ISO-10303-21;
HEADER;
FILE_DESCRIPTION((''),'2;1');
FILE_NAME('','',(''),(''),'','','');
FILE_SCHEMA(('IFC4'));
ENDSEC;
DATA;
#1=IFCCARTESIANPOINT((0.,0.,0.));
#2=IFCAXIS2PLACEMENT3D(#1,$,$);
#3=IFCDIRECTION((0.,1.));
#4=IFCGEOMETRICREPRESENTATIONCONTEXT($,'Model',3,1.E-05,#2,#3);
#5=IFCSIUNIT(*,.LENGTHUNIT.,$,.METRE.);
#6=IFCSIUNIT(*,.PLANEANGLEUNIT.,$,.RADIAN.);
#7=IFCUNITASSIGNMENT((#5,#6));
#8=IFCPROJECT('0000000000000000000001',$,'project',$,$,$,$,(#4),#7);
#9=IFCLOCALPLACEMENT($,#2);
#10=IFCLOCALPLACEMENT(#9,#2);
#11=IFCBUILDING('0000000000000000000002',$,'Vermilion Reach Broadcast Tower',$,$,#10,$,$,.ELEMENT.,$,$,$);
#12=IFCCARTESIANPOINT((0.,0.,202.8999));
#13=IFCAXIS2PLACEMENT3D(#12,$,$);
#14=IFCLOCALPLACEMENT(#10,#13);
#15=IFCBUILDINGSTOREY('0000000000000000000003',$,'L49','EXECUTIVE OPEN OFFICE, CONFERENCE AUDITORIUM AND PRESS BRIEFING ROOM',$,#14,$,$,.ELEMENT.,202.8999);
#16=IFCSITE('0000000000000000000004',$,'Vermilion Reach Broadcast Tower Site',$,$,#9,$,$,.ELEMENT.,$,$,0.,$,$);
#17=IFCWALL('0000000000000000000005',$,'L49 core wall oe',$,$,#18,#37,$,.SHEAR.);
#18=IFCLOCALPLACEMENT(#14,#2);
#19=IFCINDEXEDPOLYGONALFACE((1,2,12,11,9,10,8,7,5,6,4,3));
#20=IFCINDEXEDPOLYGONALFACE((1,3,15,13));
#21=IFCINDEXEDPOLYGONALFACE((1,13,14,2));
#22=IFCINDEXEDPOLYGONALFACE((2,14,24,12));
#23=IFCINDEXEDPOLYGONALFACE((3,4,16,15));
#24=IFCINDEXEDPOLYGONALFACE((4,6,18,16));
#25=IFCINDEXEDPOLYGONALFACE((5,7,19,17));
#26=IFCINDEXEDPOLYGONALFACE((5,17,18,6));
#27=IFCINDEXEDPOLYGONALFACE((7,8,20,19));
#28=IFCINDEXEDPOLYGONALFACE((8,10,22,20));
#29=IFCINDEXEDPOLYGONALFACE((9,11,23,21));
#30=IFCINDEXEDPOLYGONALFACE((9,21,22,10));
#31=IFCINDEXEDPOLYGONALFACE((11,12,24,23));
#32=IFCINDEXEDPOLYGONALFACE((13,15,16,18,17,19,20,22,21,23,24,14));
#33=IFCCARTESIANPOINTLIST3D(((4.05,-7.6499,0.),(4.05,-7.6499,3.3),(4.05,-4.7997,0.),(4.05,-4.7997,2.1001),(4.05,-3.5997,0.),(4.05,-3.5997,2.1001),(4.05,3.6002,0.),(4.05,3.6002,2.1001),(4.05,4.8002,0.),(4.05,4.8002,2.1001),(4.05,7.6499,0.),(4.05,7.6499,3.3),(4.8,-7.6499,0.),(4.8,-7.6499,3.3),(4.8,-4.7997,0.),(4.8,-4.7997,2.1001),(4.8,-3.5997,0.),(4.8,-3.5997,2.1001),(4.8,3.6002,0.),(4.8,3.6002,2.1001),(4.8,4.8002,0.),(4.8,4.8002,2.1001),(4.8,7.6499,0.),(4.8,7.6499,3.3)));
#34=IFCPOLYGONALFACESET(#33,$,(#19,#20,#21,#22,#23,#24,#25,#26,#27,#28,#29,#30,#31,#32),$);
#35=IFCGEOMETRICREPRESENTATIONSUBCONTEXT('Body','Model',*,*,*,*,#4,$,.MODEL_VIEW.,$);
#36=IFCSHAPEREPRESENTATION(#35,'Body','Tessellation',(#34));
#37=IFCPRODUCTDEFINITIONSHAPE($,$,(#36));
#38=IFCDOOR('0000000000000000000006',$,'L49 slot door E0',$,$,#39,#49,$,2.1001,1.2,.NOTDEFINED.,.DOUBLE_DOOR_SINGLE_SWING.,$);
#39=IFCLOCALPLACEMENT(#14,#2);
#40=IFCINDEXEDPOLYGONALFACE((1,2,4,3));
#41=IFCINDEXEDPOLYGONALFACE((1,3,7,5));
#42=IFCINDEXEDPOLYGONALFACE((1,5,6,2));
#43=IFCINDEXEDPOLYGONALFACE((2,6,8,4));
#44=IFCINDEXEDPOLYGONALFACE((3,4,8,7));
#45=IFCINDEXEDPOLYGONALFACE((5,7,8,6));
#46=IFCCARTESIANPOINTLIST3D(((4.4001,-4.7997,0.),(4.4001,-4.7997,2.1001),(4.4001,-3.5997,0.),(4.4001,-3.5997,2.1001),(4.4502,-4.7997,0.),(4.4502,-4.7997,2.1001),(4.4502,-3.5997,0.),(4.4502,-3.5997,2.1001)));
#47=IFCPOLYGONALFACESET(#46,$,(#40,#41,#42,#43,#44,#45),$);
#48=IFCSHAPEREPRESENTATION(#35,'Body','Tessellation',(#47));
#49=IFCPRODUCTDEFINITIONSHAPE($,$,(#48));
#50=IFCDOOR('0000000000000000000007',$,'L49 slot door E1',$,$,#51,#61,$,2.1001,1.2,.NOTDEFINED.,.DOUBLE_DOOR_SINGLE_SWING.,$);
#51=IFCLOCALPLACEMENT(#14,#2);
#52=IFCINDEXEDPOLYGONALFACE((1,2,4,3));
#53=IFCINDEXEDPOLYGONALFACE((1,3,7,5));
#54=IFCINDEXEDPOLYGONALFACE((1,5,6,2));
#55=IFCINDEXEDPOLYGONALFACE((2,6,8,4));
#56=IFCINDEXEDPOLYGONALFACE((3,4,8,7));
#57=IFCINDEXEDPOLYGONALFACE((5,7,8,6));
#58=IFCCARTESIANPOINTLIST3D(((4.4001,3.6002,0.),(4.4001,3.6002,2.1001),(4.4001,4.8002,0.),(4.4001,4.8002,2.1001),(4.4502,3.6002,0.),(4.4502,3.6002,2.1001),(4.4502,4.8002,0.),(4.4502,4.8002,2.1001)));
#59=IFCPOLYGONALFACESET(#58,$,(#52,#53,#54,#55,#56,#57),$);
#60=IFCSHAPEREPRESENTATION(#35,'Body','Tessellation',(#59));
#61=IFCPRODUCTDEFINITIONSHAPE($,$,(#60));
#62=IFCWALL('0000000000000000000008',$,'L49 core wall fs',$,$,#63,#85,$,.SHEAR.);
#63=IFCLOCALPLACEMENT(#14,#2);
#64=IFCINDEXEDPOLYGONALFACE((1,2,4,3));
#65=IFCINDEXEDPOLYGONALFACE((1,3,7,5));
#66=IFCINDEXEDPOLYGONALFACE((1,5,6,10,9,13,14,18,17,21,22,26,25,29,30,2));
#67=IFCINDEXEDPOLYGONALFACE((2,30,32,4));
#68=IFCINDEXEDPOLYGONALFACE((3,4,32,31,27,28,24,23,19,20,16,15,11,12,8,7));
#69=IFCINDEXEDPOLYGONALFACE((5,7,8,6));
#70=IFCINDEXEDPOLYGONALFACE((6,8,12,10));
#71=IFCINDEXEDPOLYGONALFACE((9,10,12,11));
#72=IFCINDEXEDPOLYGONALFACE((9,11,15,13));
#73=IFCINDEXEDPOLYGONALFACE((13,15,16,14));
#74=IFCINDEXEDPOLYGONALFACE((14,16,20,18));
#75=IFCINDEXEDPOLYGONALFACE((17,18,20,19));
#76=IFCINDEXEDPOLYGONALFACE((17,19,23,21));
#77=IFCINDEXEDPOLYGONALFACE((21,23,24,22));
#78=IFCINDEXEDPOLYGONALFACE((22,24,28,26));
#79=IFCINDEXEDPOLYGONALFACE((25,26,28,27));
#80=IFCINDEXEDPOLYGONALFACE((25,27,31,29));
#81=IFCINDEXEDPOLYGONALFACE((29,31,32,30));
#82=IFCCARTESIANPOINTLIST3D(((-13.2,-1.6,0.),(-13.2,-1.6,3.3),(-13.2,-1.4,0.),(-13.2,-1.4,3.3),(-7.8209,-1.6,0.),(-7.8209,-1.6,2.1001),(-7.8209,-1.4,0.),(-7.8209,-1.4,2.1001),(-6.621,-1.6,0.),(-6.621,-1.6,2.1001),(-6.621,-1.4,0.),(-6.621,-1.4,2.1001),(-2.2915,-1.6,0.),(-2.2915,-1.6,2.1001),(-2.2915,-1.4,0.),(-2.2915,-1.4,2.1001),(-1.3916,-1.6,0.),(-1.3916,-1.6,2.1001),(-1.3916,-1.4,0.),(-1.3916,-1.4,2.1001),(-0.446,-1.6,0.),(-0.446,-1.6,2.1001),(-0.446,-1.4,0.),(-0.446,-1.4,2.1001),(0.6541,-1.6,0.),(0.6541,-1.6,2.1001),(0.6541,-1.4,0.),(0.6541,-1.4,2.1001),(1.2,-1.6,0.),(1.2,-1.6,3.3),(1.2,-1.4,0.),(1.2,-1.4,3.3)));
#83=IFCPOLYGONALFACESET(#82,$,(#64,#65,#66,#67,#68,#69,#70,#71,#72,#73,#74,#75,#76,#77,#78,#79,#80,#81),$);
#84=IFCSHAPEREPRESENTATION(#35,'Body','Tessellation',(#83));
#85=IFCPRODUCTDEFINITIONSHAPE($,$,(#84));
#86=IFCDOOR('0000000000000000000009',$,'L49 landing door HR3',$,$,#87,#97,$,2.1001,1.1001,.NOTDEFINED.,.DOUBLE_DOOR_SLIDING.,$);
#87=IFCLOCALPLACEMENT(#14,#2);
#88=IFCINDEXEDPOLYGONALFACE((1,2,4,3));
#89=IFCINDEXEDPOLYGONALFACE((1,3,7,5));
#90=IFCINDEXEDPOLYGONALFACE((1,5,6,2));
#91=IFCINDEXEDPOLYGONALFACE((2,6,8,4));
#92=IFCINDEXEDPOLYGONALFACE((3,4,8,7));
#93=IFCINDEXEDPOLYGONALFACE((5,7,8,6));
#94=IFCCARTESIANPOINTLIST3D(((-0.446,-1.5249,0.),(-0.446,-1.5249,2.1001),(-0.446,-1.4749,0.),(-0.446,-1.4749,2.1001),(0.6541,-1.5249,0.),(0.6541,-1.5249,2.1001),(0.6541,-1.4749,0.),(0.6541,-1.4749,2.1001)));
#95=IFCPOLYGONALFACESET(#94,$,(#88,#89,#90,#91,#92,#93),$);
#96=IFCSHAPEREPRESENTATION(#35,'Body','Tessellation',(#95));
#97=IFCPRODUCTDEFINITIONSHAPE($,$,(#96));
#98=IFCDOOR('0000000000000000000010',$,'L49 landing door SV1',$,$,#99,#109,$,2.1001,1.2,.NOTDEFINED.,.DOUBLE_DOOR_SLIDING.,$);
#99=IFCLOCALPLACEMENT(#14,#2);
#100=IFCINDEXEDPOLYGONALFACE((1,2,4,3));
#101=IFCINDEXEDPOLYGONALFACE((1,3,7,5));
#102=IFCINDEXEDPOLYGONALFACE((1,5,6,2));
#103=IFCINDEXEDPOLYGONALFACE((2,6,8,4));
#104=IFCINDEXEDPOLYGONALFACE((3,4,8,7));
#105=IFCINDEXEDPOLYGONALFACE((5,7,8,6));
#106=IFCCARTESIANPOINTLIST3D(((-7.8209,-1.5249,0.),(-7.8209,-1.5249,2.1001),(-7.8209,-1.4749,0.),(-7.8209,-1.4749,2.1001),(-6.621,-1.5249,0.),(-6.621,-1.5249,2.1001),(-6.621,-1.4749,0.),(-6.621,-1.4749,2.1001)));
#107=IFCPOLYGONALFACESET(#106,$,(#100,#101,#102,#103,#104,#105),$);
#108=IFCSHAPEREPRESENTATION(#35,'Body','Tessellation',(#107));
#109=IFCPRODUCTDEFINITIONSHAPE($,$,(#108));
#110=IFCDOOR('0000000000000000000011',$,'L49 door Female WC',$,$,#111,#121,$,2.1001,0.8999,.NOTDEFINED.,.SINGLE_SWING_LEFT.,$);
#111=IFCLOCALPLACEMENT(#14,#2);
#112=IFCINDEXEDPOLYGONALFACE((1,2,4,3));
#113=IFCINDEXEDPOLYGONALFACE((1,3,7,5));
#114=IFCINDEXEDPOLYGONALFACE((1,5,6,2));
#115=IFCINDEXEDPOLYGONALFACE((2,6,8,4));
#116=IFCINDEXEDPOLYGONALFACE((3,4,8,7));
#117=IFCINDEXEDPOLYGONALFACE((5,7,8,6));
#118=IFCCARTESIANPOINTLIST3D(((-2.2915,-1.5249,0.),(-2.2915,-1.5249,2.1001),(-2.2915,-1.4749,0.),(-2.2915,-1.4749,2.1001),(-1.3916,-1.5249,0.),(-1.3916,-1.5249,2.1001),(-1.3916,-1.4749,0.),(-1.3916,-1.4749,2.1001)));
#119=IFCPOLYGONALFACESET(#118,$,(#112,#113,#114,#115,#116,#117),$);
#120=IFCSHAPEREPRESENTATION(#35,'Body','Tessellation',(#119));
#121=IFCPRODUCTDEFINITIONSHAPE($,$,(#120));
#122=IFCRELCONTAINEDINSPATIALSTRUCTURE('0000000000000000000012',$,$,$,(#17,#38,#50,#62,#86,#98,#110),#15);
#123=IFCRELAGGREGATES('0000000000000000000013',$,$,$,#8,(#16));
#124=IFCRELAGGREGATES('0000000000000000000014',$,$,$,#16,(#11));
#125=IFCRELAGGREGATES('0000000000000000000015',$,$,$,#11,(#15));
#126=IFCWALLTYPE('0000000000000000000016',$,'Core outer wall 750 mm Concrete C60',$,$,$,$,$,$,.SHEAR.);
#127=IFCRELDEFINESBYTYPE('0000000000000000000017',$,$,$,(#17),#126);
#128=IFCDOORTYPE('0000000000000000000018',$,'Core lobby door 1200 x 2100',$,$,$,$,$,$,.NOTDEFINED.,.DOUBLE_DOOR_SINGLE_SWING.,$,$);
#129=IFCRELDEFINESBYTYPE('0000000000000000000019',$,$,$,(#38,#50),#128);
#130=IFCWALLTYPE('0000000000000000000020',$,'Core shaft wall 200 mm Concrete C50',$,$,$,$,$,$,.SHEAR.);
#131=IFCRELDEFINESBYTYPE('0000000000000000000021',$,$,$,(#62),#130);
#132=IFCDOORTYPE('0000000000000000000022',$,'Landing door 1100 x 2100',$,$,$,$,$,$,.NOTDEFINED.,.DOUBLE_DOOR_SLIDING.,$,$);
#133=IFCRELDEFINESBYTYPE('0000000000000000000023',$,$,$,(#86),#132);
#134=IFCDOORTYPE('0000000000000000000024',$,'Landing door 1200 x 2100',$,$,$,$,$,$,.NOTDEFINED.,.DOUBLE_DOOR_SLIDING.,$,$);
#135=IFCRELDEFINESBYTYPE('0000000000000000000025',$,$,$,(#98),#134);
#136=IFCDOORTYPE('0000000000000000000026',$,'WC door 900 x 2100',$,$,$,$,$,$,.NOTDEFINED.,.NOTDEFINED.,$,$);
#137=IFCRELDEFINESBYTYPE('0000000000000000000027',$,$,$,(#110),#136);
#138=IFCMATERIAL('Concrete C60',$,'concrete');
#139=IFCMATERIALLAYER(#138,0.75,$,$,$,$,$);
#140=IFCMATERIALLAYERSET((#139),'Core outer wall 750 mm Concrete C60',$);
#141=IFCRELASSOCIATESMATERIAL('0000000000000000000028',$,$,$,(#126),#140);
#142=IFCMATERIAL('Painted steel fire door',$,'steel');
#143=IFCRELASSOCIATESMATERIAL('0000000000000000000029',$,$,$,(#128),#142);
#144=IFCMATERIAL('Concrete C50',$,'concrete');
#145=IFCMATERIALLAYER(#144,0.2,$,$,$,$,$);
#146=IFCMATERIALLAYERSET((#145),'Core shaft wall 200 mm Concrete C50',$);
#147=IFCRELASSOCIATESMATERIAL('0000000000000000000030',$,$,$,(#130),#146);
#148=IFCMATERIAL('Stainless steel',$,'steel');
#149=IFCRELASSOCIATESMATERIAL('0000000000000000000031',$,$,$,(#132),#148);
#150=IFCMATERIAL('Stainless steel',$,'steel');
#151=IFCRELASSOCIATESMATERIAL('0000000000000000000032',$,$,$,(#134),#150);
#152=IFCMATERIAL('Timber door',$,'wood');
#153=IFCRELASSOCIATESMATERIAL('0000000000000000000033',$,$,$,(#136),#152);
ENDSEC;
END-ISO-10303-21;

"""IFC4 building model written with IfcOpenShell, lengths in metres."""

from ifc_helpers import new_model, si_unit, direction, frame, frame_2d, origin, place, context, subcontext, project, spatial, rectangle, extrude, material, layer, layer_set, type_object, element, fill, save


model = new_model("IFC4")

# Units and contexts
model_context = context("Model", 3, precision=1e-05, world=origin(), true_north=direction((0.0, 1.0)))
body_context = subcontext(model_context, "Body", "Model", "MODEL_VIEW")
ifc_project = project(units=[si_unit("LENGTHUNIT", "METRE"), si_unit("PLANEANGLEUNIT", "RADIAN")], contexts=[model_context])

# Site, building, storey
site_placement = place(None, origin())
site = spatial("IfcSite", under=ifc_project, at=site_placement, Name="Vermilion Reach Broadcast Tower Site", CompositionType="ELEMENT", RefElevation=0.0)
building_placement = place(site_placement, origin())
building = spatial("IfcBuilding", under=site, at=building_placement, Name="Vermilion Reach Broadcast Tower", CompositionType="ELEMENT")
storey_placement = place(building_placement, frame((0.0, 0.0, 202.8999)))
storey = spatial("IfcBuildingStorey", under=building, at=storey_placement, Name="L49", Description="EXECUTIVE OPEN OFFICE, CONFERENCE AUDITORIUM AND PRESS BRIEFING ROOM", CompositionType="ELEMENT", Elevation=202.8999)

# Walls, openings, doors
ifc_material_1 = material(Name="Concrete C60", Category="concrete")
ifc_layer_1 = layer(ifc_material_1, 0.75)
ifc_layer_set_1 = layer_set([ifc_layer_1], Name="Core outer wall 750 mm Concrete C60")
wall_type_1 = type_object("IfcWallType", Name="Core outer wall 750 mm Concrete C60", PredefinedType="SHEAR", material=ifc_layer_set_1)
wall_1_placement = place(storey_placement, frame((4.425, -7.6499, 0.0), z_axis=(0.0, 0.0, 1.0), x_axis=(0.0, 1.0, 0.0)))
wall_1 = element("IfcWall", 1, at=wall_1_placement, inside=storey, type_object=wall_type_1, Name="L49 core wall oe", PredefinedType="SHEAR", context=body_context, shape_type="SweptSolid", body=[
    extrude(rectangle(XDim=15.2998, YDim=0.75, at=frame_2d((7.6499, 0.0))), origin(), (0.0, 0.0, 1.0), 3.3),
])
opening_1_placement = place(wall_1_placement, frame((2.8501, 0.0, 0.0)))
opening_1 = element("IfcOpeningElement", 2, at=opening_1_placement, cuts=wall_1, PredefinedType="OPENING", context=body_context, shape_type="SweptSolid", body=[
    extrude(rectangle(XDim=1.2, YDim=2.1001, at=frame_2d((0.6001, 1.05))), frame((0.0, 0.385, 0.0), z_axis=(0.0, -1.0, 0.0), x_axis=(1.0, 0.0, 0.0)), (0.0, 0.0, 1.0), 0.77),
])
opening_2_placement = place(wall_1_placement, frame((11.25, 0.0, 0.0)))
opening_2 = element("IfcOpeningElement", 3, at=opening_2_placement, cuts=wall_1, PredefinedType="OPENING", context=body_context, shape_type="SweptSolid", body=[
    extrude(rectangle(XDim=1.2, YDim=2.1001, at=frame_2d((0.6001, 1.05))), frame((0.0, 0.385, 0.0), z_axis=(0.0, -1.0, 0.0), x_axis=(1.0, 0.0, 0.0)), (0.0, 0.0, 1.0), 0.77),
])
ifc_material_2 = material(Name="Painted steel fire door", Category="steel")
door_type_1 = type_object("IfcDoorType", Name="Core lobby door 1200 x 2100", OperationType="DOUBLE_DOOR_SINGLE_SWING", PredefinedType="NOTDEFINED", material=ifc_material_2)
door_1_placement = place(opening_1_placement, origin())
door_1 = element("IfcDoor", 4, at=door_1_placement, inside=storey, type_object=door_type_1, Name="L49 slot door E0", OperationType="DOUBLE_DOOR_SINGLE_SWING", OverallHeight=2.1001, OverallWidth=1.2, PredefinedType="NOTDEFINED", context=body_context, shape_type="SweptSolid", body=[
    extrude(rectangle(XDim=1.2, YDim=2.1001, at=frame_2d((0.6001, 1.05))), frame((0.0, 0.0249, 0.0), z_axis=(0.0, -1.0, 0.0), x_axis=(1.0, 0.0, 0.0)), (0.0, 0.0, 1.0), 0.05),
])
fill(opening_1, door_1)
door_2_placement = place(opening_2_placement, origin())
door_2 = element("IfcDoor", 5, at=door_2_placement, inside=storey, type_object=door_type_1, Name="L49 slot door E1", OperationType="DOUBLE_DOOR_SINGLE_SWING", OverallHeight=2.1001, OverallWidth=1.2, PredefinedType="NOTDEFINED", context=body_context, shape_type="SweptSolid", body=[
    extrude(rectangle(XDim=1.2, YDim=2.1001, at=frame_2d((0.6001, 1.05))), frame((0.0, 0.0249, 0.0), z_axis=(0.0, -1.0, 0.0), x_axis=(1.0, 0.0, 0.0)), (0.0, 0.0, 1.0), 0.05),
])
fill(opening_2, door_2)
ifc_material_3 = material(Name="Concrete C50", Category="concrete")
ifc_layer_2 = layer(ifc_material_3, 0.2)
ifc_layer_set_2 = layer_set([ifc_layer_2], Name="Core shaft wall 200 mm Concrete C50")
wall_type_2 = type_object("IfcWallType", Name="Core shaft wall 200 mm Concrete C50", PredefinedType="SHEAR", material=ifc_layer_set_2)
wall_2_placement = place(storey_placement, frame((1.2, -1.5, 0.0), z_axis=(0.0, 0.0, 1.0), x_axis=(-1.0, 0.0, 0.0)))
wall_2 = element("IfcWall", 6, at=wall_2_placement, inside=storey, type_object=wall_type_2, Name="L49 core wall fs", PredefinedType="SHEAR", context=body_context, shape_type="SweptSolid", body=[
    extrude(rectangle(XDim=14.3999, YDim=0.2, at=frame_2d((7.2, 0.0))), origin(), (0.0, 0.0, 1.0), 3.3),
])
opening_3_placement = place(wall_2_placement, frame((7.8208, 0.0, 0.0)))
opening_3 = element("IfcOpeningElement", 7, at=opening_3_placement, cuts=wall_2, PredefinedType="OPENING", context=body_context, shape_type="SweptSolid", body=[
    extrude(rectangle(XDim=1.2, YDim=2.1001, at=frame_2d((0.6001, 1.05))), frame((0.0, 0.1099, 0.0), z_axis=(0.0, -1.0, 0.0), x_axis=(1.0, 0.0, 0.0)), (0.0, 0.0, 1.0), 0.22),
])
opening_4_placement = place(wall_2_placement, frame((0.5459, 0.0, 0.0)))
opening_4 = element("IfcOpeningElement", 8, at=opening_4_placement, cuts=wall_2, PredefinedType="OPENING", context=body_context, shape_type="SweptSolid", body=[
    extrude(rectangle(XDim=1.1001, YDim=2.1001, at=frame_2d((0.55, 1.05))), frame((0.0, 0.1099, 0.0), z_axis=(0.0, -1.0, 0.0), x_axis=(1.0, 0.0, 0.0)), (0.0, 0.0, 1.0), 0.22),
])
opening_5_placement = place(wall_2_placement, frame((2.5916, 0.0, 0.0)))
opening_5 = element("IfcOpeningElement", 9, at=opening_5_placement, cuts=wall_2, PredefinedType="OPENING", context=body_context, shape_type="SweptSolid", body=[
    extrude(rectangle(XDim=0.8999, YDim=2.1001, at=frame_2d((0.45, 1.05))), frame((0.0, 0.1099, 0.0), z_axis=(0.0, -1.0, 0.0), x_axis=(1.0, 0.0, 0.0)), (0.0, 0.0, 1.0), 0.22),
])
ifc_material_4 = material(Name="Stainless steel", Category="steel")
door_type_2 = type_object("IfcDoorType", Name="Landing door 1100 x 2100", OperationType="DOUBLE_DOOR_SLIDING", PredefinedType="NOTDEFINED", material=ifc_material_4)
door_3_placement = place(opening_4_placement, origin())
door_3 = element("IfcDoor", 10, at=door_3_placement, inside=storey, type_object=door_type_2, Name="L49 landing door HR3", OperationType="DOUBLE_DOOR_SLIDING", OverallHeight=2.1001, OverallWidth=1.1001, PredefinedType="NOTDEFINED", context=body_context, shape_type="SweptSolid", body=[
    extrude(rectangle(XDim=1.1001, YDim=2.1001, at=frame_2d((0.55, 1.05))), frame((0.0, 0.0249, 0.0), z_axis=(0.0, -1.0, 0.0), x_axis=(1.0, 0.0, 0.0)), (0.0, 0.0, 1.0), 0.05),
])
fill(opening_4, door_3)
ifc_material_5 = material(Name="Stainless steel", Category="steel")
door_type_3 = type_object("IfcDoorType", Name="Landing door 1200 x 2100", OperationType="DOUBLE_DOOR_SLIDING", PredefinedType="NOTDEFINED", material=ifc_material_5)
door_4_placement = place(opening_3_placement, origin())
door_4 = element("IfcDoor", 11, at=door_4_placement, inside=storey, type_object=door_type_3, Name="L49 landing door SV1", OperationType="DOUBLE_DOOR_SLIDING", OverallHeight=2.1001, OverallWidth=1.2, PredefinedType="NOTDEFINED", context=body_context, shape_type="SweptSolid", body=[
    extrude(rectangle(XDim=1.2, YDim=2.1001, at=frame_2d((0.6001, 1.05))), frame((0.0, 0.0249, 0.0), z_axis=(0.0, -1.0, 0.0), x_axis=(1.0, 0.0, 0.0)), (0.0, 0.0, 1.0), 0.05),
])
fill(opening_3, door_4)
ifc_material_6 = material(Name="Timber door", Category="wood")
door_type_4 = type_object("IfcDoorType", Name="WC door 900 x 2100", OperationType="NOTDEFINED", PredefinedType="NOTDEFINED", material=ifc_material_6)
door_5_placement = place(opening_5_placement, origin())
door_5 = element("IfcDoor", 12, at=door_5_placement, inside=storey, type_object=door_type_4, Name="L49 door Female WC", OperationType="SINGLE_SWING_LEFT", OverallHeight=2.1001, OverallWidth=0.8999, PredefinedType="NOTDEFINED", context=body_context, shape_type="SweptSolid", body=[
    extrude(rectangle(XDim=0.8999, YDim=2.1001, at=frame_2d((0.45, 1.05))), frame((0.0, 0.0249, 0.0), z_axis=(0.0, -1.0, 0.0), x_axis=(1.0, 0.0, 0.0)), (0.0, 0.0, 1.0), 0.05),
])
fill(opening_5, door_5)

save(model, "model.ifc")
